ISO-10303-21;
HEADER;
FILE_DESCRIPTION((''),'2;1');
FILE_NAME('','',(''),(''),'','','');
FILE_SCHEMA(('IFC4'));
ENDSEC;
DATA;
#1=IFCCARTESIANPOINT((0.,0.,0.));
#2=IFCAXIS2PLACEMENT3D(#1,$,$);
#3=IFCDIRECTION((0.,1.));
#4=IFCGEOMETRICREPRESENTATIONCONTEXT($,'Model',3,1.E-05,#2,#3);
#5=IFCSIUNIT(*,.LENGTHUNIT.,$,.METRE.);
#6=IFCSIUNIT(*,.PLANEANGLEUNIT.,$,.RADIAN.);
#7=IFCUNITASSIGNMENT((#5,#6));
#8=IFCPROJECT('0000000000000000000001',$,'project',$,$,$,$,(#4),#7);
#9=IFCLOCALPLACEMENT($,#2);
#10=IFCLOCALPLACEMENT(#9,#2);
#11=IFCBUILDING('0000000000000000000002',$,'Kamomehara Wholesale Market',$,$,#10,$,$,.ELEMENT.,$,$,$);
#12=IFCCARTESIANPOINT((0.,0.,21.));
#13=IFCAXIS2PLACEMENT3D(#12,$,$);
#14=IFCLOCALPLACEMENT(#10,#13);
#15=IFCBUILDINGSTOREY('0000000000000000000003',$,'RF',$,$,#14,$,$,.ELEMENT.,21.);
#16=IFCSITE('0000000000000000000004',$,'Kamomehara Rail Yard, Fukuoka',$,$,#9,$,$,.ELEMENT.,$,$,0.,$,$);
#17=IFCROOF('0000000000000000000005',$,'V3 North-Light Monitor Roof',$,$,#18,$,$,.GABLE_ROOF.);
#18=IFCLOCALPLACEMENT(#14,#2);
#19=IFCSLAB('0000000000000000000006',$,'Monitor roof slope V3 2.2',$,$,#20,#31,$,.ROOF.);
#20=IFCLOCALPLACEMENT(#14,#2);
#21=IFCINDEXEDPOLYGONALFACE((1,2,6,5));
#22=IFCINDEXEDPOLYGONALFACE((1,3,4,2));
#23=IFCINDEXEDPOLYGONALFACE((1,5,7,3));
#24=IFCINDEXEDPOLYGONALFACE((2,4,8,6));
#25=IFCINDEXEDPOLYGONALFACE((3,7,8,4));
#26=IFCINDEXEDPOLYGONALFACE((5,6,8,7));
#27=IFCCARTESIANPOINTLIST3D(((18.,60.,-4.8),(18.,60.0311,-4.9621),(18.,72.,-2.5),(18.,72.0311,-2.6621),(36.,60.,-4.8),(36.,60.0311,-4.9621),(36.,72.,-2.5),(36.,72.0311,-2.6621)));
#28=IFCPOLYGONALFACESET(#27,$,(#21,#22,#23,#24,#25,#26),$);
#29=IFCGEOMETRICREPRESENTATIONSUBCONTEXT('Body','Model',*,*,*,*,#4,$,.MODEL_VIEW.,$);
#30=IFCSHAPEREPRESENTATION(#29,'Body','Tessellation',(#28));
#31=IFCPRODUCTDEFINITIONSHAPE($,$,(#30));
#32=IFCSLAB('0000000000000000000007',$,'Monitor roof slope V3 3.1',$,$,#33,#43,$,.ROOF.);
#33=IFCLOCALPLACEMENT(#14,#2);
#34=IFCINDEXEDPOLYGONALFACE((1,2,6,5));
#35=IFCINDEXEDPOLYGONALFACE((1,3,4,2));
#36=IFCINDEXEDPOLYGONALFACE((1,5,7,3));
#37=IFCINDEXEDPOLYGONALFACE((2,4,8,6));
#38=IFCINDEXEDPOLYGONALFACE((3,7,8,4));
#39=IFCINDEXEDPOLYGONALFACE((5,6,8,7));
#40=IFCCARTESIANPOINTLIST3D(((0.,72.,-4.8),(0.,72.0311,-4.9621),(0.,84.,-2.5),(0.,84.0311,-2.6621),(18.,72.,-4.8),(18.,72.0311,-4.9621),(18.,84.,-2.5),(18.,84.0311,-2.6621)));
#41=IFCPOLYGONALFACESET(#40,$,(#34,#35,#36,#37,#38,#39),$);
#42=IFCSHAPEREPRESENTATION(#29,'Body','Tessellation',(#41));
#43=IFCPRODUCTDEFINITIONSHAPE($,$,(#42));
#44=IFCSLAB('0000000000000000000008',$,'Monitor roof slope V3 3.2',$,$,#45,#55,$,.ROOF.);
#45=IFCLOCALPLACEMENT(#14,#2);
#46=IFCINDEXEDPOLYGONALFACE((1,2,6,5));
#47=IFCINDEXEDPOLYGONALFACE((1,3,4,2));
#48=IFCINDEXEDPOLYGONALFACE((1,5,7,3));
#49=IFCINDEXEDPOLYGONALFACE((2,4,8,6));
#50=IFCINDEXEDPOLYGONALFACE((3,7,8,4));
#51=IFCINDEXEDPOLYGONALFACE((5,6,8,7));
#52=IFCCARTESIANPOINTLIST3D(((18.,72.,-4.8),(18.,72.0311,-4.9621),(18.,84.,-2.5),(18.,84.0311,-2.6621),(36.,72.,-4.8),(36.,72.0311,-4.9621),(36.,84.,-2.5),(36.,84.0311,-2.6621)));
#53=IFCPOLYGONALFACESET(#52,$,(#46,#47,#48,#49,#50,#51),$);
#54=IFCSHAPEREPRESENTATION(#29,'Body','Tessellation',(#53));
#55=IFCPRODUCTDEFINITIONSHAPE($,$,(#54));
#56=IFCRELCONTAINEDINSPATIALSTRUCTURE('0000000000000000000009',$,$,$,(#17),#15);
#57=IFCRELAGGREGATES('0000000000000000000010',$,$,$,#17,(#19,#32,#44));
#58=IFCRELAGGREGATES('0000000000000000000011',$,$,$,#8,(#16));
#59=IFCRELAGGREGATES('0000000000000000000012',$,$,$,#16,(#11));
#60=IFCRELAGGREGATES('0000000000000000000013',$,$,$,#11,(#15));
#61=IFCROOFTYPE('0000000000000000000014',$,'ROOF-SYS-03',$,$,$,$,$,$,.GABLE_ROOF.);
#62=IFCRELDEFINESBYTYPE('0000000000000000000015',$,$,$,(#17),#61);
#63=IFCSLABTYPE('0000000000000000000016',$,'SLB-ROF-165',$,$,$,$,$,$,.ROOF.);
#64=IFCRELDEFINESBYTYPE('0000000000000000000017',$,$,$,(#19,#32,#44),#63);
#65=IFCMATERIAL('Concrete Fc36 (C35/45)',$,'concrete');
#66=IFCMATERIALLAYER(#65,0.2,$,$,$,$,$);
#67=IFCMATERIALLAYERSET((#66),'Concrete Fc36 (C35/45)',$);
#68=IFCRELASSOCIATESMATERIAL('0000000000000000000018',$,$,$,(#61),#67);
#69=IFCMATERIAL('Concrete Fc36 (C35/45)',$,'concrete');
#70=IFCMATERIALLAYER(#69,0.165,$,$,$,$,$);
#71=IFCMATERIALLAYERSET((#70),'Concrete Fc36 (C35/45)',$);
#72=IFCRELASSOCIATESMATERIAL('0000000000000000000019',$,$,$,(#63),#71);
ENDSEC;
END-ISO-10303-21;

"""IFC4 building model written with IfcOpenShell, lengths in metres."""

from ifc_helpers import new_model, si_unit, direction, frame, origin, place, context, subcontext, project, spatial, polyline, outline, extrude, material, layer, layer_set, type_object, element, aggregate, save


model = new_model("IFC4")

# Units and contexts
model_context = context("Model", 3, precision=1e-05, world=origin(), true_north=direction((0.0, 1.0)))
body_context = subcontext(model_context, "Body", "Model", "MODEL_VIEW")
ifc_project = project(units=[si_unit("LENGTHUNIT", "METRE"), si_unit("PLANEANGLEUNIT", "RADIAN")], contexts=[model_context])

# Site, building, storey
site_placement = place(None, origin())
site = spatial("IfcSite", under=ifc_project, at=site_placement, Name="Kamomehara Rail Yard, Fukuoka", CompositionType="ELEMENT", RefElevation=0.0)
building_placement = place(site_placement, origin())
building = spatial("IfcBuilding", under=site, at=building_placement, Name="Kamomehara Wholesale Market", CompositionType="ELEMENT")
storey_placement = place(building_placement, frame((0.0, 0.0, 21.0)))
storey = spatial("IfcBuildingStorey", under=building, at=storey_placement, Name="RF", CompositionType="ELEMENT", Elevation=21.0)

# Roof, slabs
ifc_material_1 = material(Name="Concrete Fc36 (C35/45)", Category="concrete")
ifc_layer_1 = layer(ifc_material_1, 0.2)
ifc_layer_set_1 = layer_set([ifc_layer_1], Name="Concrete Fc36 (C35/45)")
roof_type = type_object("IfcRoofType", Name="ROOF-SYS-03", PredefinedType="GABLE_ROOF", material=ifc_layer_set_1)
roof_placement = place(storey_placement, origin())
roof = element("IfcRoof", 1, at=roof_placement, inside=storey, type_object=roof_type, Name="V3 North-Light Monitor Roof", PredefinedType="GABLE_ROOF")
ifc_material_2 = material(Name="Concrete Fc36 (C35/45)", Category="concrete")
ifc_layer_2 = layer(ifc_material_2, 0.165)
ifc_layer_set_2 = layer_set([ifc_layer_2], Name="Concrete Fc36 (C35/45)")
slab_type = type_object("IfcSlabType", Name="SLB-ROF-165", PredefinedType="ROOF", material=ifc_layer_set_2)
slab_1_placement = place(storey_placement, frame((18.0, 60.0, -4.8), z_axis=(0.0, -0.188244, 0.982122), x_axis=(1.0, 0.0, 0.0)))
slab_1 = element("IfcSlab", 2, at=slab_1_placement, type_object=slab_type, Name="Monitor roof slope V3 2.2", PredefinedType="ROOF", context=body_context, shape_type="SweptSolid", body=[
    extrude(outline(polyline([(0.0, 0.0), (18.0, 0.0), (18.0, 12.2184), (0.0, 12.2184), (0.0, 0.0)])), origin(), (0.0, 0.0, -1.0), 0.165),
])
slab_2_placement = place(storey_placement, frame((0.0, 72.0, -4.8), z_axis=(0.0, -0.188244, 0.982122), x_axis=(1.0, 0.0, 0.0)))
slab_2 = element("IfcSlab", 3, at=slab_2_placement, type_object=slab_type, Name="Monitor roof slope V3 3.1", PredefinedType="ROOF", context=body_context, shape_type="SweptSolid", body=[
    extrude(outline(polyline([(0.0, 0.0), (18.0, 0.0), (18.0, 12.2184), (0.0, 12.2184), (0.0, 0.0)])), origin(), (0.0, 0.0, -1.0), 0.165),
])
slab_3_placement = place(storey_placement, frame((18.0, 72.0, -4.8), z_axis=(0.0, -0.188244, 0.982122), x_axis=(1.0, 0.0, 0.0)))
slab_3 = element("IfcSlab", 4, at=slab_3_placement, type_object=slab_type, Name="Monitor roof slope V3 3.2", PredefinedType="ROOF", context=body_context, shape_type="SweptSolid", body=[
    extrude(outline(polyline([(0.0, 0.0), (18.0, 0.0), (18.0, 12.2184), (0.0, 12.2184), (0.0, 0.0)])), origin(), (0.0, 0.0, -1.0), 0.165),
])
aggregate(roof, [slab_1, slab_2, slab_3])

save(model, "model.ifc")
